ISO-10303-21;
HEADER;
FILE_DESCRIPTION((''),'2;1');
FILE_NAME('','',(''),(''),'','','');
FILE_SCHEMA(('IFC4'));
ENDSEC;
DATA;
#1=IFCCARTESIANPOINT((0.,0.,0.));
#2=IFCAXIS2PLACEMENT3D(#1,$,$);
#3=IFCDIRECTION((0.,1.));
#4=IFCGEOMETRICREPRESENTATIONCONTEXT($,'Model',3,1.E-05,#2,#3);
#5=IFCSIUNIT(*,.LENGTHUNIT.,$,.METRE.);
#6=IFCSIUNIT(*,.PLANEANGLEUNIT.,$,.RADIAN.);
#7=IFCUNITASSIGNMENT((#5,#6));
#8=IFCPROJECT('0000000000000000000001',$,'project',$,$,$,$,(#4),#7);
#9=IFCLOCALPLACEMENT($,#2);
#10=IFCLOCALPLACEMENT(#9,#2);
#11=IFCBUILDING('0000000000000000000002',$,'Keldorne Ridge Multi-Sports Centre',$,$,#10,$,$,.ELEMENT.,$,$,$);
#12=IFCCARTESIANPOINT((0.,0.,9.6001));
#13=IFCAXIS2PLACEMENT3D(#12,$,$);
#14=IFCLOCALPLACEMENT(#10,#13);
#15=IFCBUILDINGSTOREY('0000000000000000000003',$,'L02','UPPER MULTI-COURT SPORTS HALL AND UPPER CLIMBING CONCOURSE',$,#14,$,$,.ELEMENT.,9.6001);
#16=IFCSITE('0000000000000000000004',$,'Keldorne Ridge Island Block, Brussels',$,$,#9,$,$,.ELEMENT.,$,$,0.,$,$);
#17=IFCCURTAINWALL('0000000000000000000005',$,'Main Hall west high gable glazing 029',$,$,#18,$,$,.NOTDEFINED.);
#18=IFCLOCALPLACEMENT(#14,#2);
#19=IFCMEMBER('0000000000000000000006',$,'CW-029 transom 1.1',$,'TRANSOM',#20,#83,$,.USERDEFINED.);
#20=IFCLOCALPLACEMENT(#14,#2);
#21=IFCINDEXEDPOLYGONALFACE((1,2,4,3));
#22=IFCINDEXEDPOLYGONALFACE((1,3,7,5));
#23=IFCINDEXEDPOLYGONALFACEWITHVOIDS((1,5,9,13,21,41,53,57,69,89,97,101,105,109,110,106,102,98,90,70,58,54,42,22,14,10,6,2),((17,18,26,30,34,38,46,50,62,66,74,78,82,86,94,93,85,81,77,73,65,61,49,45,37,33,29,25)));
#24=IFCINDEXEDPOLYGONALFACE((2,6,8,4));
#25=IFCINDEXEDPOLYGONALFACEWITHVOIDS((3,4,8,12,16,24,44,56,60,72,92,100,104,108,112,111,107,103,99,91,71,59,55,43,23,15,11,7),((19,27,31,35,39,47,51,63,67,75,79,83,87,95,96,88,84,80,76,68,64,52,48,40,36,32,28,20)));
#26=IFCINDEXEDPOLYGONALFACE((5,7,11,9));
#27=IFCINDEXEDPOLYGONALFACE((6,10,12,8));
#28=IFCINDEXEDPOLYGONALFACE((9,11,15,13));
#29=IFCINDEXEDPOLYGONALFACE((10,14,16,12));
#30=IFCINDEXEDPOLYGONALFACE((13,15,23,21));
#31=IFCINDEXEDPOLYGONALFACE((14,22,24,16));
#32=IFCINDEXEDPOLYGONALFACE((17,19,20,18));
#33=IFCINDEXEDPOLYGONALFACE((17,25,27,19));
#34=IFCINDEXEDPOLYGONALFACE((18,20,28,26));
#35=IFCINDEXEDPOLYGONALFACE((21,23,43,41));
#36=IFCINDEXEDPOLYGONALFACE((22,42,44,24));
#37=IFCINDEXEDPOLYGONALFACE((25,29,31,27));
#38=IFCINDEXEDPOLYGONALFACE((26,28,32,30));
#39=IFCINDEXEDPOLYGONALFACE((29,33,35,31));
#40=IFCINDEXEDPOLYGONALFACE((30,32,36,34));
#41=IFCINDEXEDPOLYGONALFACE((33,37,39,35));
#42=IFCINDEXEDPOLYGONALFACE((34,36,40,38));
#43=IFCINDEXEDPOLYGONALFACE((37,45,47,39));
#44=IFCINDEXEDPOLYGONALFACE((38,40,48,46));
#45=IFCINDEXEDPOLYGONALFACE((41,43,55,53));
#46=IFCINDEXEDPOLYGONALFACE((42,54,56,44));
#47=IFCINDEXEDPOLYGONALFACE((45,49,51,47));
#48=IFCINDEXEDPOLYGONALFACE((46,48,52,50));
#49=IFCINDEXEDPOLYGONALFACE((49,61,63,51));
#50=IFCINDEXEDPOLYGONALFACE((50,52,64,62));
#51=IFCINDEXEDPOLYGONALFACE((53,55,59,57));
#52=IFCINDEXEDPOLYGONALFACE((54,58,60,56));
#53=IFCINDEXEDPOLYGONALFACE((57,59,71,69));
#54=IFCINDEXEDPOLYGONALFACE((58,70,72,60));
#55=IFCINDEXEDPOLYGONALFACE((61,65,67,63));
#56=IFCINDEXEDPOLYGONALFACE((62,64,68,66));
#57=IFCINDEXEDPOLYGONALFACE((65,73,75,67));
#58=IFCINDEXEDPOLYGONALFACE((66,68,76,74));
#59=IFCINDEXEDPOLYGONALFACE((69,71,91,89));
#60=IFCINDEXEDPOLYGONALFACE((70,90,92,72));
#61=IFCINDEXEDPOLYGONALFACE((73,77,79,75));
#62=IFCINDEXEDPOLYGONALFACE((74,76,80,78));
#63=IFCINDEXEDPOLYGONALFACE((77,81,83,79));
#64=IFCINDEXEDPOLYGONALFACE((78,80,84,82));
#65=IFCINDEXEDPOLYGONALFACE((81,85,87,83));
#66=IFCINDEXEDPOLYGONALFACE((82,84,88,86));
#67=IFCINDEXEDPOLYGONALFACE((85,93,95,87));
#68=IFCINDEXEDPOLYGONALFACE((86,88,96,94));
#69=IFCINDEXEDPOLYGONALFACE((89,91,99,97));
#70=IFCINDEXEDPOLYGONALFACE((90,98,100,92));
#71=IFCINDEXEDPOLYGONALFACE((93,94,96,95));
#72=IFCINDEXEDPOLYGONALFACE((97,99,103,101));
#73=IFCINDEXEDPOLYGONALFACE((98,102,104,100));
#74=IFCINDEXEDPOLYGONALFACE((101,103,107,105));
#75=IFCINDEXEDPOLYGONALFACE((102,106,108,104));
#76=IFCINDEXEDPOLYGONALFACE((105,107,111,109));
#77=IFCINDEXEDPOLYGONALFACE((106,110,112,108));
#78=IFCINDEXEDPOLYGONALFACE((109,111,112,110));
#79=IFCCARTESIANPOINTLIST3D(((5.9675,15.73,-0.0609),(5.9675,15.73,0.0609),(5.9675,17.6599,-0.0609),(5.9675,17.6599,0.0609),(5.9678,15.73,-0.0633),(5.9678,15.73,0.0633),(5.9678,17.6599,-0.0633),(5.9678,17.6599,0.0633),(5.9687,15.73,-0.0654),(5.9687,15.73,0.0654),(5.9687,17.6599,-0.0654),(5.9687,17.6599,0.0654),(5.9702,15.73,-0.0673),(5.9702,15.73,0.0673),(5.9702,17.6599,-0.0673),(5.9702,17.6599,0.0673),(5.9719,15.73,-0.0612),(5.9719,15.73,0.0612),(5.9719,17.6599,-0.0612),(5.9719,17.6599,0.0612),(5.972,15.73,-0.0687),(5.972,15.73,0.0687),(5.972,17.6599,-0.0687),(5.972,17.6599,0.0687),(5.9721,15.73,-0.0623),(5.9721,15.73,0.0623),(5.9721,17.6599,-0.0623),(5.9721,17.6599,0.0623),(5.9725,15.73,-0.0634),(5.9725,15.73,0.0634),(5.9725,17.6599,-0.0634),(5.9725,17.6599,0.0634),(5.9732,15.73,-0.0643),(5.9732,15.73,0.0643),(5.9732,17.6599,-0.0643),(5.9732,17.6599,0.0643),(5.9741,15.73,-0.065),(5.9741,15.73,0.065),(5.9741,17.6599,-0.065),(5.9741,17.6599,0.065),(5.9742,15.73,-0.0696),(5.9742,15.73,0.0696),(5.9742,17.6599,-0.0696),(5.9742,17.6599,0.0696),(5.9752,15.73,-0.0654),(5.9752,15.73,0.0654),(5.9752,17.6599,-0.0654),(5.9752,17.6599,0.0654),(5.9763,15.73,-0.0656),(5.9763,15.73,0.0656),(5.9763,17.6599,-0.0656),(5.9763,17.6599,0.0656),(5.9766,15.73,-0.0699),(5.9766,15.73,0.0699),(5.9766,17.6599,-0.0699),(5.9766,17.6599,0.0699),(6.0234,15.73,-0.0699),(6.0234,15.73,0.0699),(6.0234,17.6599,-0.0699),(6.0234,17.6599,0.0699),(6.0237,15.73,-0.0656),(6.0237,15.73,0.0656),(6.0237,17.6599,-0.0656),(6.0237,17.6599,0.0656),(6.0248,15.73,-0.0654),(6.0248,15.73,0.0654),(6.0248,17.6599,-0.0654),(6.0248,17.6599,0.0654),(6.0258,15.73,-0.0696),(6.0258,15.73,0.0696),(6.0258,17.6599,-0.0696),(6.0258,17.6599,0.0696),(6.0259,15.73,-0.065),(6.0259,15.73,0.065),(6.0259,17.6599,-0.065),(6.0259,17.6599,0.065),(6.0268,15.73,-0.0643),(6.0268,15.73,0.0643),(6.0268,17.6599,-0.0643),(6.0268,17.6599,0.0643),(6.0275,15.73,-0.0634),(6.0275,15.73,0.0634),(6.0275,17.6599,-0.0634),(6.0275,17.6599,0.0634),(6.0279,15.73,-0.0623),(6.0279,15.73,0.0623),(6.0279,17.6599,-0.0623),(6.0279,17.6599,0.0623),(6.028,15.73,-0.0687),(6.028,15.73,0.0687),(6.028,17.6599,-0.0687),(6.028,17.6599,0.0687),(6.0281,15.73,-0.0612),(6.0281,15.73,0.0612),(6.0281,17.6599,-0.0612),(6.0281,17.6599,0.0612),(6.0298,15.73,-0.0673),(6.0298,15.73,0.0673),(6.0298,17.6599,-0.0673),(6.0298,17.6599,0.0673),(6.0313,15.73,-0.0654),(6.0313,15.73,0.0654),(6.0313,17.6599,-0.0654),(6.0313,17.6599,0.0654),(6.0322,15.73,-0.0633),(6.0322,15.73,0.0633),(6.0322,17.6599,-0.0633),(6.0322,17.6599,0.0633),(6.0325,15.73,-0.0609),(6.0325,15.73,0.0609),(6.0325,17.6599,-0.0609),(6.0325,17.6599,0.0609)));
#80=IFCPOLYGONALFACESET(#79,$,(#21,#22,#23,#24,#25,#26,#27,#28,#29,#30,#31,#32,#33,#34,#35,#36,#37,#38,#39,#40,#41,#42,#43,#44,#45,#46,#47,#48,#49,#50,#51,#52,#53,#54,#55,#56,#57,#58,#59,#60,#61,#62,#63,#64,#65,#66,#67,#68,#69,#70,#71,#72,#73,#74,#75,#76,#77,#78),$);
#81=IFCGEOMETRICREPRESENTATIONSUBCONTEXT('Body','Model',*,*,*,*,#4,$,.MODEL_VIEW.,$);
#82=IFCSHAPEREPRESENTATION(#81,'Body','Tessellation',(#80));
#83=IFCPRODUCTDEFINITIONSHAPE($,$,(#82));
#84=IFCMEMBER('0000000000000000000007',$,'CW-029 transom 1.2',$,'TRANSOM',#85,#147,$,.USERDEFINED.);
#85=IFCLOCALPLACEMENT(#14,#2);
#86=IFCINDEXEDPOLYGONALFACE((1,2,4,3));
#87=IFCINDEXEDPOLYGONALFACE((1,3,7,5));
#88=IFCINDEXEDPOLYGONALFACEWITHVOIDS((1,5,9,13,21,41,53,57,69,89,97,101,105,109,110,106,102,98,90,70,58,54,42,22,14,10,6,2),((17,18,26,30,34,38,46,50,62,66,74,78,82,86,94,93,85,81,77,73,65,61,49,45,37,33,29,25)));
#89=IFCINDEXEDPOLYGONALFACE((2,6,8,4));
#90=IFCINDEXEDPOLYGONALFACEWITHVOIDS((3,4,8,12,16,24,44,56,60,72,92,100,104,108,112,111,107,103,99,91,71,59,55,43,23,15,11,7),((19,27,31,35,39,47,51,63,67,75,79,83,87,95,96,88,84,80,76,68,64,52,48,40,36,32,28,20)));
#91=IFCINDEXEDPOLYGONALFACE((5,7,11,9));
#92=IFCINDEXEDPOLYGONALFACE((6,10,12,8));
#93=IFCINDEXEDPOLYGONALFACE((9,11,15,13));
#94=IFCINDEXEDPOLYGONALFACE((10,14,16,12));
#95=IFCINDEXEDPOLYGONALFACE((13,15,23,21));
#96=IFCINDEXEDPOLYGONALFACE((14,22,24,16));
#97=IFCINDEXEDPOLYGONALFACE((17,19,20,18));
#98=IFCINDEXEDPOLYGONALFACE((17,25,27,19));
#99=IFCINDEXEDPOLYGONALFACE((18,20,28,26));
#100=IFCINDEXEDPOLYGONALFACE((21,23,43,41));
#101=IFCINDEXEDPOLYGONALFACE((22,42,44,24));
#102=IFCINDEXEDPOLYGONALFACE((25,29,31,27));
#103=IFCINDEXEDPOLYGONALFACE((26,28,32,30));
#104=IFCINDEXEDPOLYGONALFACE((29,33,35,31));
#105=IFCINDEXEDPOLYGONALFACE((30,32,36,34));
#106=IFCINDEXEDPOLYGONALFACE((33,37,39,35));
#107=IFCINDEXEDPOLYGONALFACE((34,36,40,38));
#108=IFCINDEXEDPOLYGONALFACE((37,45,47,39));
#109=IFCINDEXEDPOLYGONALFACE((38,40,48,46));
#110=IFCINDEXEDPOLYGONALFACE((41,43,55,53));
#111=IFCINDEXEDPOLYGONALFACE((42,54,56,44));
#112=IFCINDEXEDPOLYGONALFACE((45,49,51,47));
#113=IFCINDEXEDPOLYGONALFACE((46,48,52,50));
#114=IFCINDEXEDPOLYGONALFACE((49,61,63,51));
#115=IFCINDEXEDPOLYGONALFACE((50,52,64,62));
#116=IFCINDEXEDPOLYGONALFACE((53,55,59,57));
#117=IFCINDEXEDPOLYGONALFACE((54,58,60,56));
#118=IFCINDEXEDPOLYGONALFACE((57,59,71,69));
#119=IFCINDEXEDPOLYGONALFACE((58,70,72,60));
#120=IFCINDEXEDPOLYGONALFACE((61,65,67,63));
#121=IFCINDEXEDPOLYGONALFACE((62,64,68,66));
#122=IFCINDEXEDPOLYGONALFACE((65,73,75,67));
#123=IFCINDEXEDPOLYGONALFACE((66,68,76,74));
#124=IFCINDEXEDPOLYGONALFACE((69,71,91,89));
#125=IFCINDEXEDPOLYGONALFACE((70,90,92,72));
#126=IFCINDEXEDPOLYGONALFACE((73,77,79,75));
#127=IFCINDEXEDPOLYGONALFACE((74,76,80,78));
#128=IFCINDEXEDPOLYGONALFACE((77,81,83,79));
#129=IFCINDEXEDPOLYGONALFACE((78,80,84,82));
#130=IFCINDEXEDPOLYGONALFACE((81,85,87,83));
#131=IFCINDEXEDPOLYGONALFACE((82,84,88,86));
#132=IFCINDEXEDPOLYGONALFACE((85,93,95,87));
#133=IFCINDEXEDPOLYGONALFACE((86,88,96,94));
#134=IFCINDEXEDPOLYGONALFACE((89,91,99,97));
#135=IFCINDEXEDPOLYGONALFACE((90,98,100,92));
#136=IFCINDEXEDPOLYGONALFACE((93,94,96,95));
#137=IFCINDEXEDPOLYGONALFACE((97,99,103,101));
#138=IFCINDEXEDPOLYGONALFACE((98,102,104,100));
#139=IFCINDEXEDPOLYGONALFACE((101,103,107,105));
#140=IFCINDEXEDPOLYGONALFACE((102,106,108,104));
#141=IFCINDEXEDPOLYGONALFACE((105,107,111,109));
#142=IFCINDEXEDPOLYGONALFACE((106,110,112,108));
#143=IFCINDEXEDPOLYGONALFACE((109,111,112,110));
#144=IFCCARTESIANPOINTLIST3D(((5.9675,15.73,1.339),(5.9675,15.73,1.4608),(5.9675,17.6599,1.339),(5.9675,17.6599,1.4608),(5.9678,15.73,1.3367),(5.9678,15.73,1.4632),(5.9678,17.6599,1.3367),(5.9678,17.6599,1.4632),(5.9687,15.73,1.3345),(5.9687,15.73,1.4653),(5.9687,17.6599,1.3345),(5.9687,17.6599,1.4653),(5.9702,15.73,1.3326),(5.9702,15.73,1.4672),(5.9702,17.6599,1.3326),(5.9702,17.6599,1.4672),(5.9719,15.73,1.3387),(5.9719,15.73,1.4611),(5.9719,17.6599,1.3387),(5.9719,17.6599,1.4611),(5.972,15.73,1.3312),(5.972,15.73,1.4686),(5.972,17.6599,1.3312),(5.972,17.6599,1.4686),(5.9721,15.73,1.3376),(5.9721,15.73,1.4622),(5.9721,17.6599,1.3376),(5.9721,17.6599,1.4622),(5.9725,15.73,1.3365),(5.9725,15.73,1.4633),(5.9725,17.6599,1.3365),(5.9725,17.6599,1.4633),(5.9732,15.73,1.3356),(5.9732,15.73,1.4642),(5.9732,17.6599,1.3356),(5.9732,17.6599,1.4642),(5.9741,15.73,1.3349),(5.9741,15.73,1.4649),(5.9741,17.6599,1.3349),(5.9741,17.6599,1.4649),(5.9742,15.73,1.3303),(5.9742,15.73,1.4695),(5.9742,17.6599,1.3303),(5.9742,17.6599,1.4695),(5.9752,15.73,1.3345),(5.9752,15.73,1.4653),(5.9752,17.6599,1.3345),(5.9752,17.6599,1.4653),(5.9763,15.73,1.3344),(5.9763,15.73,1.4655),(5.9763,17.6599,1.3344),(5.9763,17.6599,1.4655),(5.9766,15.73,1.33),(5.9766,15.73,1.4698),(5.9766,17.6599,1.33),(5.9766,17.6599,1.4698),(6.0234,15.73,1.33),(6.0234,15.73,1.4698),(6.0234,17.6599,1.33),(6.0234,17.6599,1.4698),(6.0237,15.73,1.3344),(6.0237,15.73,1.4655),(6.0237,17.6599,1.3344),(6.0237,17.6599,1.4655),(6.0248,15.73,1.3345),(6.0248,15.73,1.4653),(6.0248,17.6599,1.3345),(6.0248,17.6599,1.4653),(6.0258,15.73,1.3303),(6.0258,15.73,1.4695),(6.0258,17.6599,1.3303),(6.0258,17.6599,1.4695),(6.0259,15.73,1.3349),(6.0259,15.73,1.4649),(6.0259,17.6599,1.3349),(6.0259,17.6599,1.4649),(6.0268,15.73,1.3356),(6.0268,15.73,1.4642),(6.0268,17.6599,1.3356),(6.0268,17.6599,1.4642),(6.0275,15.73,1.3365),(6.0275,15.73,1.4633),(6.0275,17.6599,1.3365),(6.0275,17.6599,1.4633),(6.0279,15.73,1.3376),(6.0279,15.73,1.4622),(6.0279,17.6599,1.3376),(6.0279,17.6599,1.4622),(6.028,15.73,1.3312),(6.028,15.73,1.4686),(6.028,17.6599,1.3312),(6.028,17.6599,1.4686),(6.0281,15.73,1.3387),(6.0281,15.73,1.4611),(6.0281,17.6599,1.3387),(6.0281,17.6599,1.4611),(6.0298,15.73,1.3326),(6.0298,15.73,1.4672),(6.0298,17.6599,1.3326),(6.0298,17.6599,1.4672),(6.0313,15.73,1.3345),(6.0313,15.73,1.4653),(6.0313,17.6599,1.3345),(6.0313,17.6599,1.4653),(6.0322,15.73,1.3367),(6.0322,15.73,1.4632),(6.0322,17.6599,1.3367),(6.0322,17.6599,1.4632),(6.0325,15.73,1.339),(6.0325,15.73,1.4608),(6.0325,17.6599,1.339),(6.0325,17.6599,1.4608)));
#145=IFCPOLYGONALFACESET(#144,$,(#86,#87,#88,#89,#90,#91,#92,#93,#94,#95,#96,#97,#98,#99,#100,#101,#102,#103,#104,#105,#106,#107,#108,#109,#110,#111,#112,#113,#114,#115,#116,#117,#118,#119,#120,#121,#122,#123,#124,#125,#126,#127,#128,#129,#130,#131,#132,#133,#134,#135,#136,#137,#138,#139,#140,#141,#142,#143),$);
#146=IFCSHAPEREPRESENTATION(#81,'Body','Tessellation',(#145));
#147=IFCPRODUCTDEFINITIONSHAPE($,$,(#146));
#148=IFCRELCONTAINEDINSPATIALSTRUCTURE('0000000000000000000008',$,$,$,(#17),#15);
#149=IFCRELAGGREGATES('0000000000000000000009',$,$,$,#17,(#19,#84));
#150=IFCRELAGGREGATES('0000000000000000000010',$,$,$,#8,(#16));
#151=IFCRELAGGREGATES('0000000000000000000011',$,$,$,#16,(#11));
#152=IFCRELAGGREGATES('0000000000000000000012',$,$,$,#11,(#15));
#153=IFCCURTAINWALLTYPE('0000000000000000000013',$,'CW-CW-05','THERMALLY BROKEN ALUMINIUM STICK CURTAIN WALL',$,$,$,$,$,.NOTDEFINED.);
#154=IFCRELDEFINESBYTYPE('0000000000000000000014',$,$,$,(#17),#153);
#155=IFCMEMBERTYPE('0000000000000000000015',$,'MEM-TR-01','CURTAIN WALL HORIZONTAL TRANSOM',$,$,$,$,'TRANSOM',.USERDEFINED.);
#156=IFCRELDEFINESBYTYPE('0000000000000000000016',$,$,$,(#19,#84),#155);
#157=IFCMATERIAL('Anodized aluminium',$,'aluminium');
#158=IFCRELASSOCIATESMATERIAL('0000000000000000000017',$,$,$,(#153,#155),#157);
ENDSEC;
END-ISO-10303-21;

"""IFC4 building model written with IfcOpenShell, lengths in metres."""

from ifc_helpers import new_model, si_unit, direction, frame, origin, origin_2d, place, context, subcontext, project, spatial, hollow_rectangle, extrude, material, material_profile, profile_set, type_object, element, aggregate, save


model = new_model("IFC4")

# Units and contexts
model_context = context("Model", 3, precision=1e-05, world=origin(), true_north=direction((0.0, 1.0)))
body_context = subcontext(model_context, "Body", "Model", "MODEL_VIEW")
ifc_project = project(units=[si_unit("LENGTHUNIT", "METRE"), si_unit("PLANEANGLEUNIT", "RADIAN")], contexts=[model_context])

# Site, building, storey
site_placement = place(None, origin())
site = spatial("IfcSite", under=ifc_project, at=site_placement, Name="Keldorne Ridge Island Block, Brussels", CompositionType="ELEMENT", RefElevation=0.0)
building_placement = place(site_placement, origin())
building = spatial("IfcBuilding", under=site, at=building_placement, Name="Keldorne Ridge Multi-Sports Centre", CompositionType="ELEMENT")
storey_placement = place(building_placement, frame((0.0, 0.0, 9.6001)))
storey = spatial("IfcBuildingStorey", under=building, at=storey_placement, Name="L02", Description="UPPER MULTI-COURT SPORTS HALL AND UPPER CLIMBING CONCOURSE", CompositionType="ELEMENT", Elevation=9.6001)

# Curtain wall
ifc_material_1 = material(Name="Anodized aluminium", Category="aluminium")
curtain_wall_type_1 = type_object("IfcCurtainWallType", Name="CW-CW-05", Description="THERMALLY BROKEN ALUMINIUM STICK CURTAIN WALL", PredefinedType="NOTDEFINED", material=ifc_material_1)
curtain_wall_1_placement = place(storey_placement, origin())
curtain_wall_1 = element("IfcCurtainWall", 1, at=curtain_wall_1_placement, inside=storey, type_object=curtain_wall_type_1, Name="Main Hall west high gable glazing 029", PredefinedType="NOTDEFINED")

# Members
ifc_material_profile_1 = material_profile(ifc_material_1, hollow_rectangle(XDim=0.0649, YDim=0.1399, WallThickness=0.0044, InnerFilletRadius=0.0044, OuterFilletRadius=0.009, at=origin_2d()), Name="ALU TRANSOM 140x65x4.5")
ifc_profile_set_1 = profile_set([ifc_material_profile_1], Name="Anodized aluminium")
member_type_1 = type_object("IfcMemberType", Name="MEM-TR-01", Description="CURTAIN WALL HORIZONTAL TRANSOM", ElementType="TRANSOM", PredefinedType="USERDEFINED", material=ifc_profile_set_1)
member_1_placement = place(storey_placement, frame((6.0, 17.6599, 0.0), z_axis=(0.0, -1.0, 0.0), x_axis=(1.0, 0.0, 0.0)))
member_1 = element("IfcMember", 2, at=member_1_placement, type_object=member_type_1, Name="CW-029 transom 1.1", ObjectType="TRANSOM", PredefinedType="USERDEFINED", context=body_context, shape_type="SweptSolid", body=[
    extrude(hollow_rectangle(XDim=0.0649, YDim=0.1399, WallThickness=0.0044, InnerFilletRadius=0.0044, OuterFilletRadius=0.009, at=origin_2d()), origin(), (0.0, 0.0, 1.0), 1.9299),
])
member_2_placement = place(storey_placement, frame((6.0, 17.6599, 1.3999), z_axis=(0.0, -1.0, 0.0), x_axis=(1.0, 0.0, 0.0)))
member_2 = element("IfcMember", 3, at=member_2_placement, type_object=member_type_1, Name="CW-029 transom 1.2", ObjectType="TRANSOM", PredefinedType="USERDEFINED", context=body_context, shape_type="SweptSolid", body=[
    extrude(hollow_rectangle(XDim=0.0649, YDim=0.1399, WallThickness=0.0044, InnerFilletRadius=0.0044, OuterFilletRadius=0.009, at=origin_2d()), origin(), (0.0, 0.0, 1.0), 1.9299),
])

aggregate(curtain_wall_1, [member_1, member_2])

save(model, "model.ifc")
